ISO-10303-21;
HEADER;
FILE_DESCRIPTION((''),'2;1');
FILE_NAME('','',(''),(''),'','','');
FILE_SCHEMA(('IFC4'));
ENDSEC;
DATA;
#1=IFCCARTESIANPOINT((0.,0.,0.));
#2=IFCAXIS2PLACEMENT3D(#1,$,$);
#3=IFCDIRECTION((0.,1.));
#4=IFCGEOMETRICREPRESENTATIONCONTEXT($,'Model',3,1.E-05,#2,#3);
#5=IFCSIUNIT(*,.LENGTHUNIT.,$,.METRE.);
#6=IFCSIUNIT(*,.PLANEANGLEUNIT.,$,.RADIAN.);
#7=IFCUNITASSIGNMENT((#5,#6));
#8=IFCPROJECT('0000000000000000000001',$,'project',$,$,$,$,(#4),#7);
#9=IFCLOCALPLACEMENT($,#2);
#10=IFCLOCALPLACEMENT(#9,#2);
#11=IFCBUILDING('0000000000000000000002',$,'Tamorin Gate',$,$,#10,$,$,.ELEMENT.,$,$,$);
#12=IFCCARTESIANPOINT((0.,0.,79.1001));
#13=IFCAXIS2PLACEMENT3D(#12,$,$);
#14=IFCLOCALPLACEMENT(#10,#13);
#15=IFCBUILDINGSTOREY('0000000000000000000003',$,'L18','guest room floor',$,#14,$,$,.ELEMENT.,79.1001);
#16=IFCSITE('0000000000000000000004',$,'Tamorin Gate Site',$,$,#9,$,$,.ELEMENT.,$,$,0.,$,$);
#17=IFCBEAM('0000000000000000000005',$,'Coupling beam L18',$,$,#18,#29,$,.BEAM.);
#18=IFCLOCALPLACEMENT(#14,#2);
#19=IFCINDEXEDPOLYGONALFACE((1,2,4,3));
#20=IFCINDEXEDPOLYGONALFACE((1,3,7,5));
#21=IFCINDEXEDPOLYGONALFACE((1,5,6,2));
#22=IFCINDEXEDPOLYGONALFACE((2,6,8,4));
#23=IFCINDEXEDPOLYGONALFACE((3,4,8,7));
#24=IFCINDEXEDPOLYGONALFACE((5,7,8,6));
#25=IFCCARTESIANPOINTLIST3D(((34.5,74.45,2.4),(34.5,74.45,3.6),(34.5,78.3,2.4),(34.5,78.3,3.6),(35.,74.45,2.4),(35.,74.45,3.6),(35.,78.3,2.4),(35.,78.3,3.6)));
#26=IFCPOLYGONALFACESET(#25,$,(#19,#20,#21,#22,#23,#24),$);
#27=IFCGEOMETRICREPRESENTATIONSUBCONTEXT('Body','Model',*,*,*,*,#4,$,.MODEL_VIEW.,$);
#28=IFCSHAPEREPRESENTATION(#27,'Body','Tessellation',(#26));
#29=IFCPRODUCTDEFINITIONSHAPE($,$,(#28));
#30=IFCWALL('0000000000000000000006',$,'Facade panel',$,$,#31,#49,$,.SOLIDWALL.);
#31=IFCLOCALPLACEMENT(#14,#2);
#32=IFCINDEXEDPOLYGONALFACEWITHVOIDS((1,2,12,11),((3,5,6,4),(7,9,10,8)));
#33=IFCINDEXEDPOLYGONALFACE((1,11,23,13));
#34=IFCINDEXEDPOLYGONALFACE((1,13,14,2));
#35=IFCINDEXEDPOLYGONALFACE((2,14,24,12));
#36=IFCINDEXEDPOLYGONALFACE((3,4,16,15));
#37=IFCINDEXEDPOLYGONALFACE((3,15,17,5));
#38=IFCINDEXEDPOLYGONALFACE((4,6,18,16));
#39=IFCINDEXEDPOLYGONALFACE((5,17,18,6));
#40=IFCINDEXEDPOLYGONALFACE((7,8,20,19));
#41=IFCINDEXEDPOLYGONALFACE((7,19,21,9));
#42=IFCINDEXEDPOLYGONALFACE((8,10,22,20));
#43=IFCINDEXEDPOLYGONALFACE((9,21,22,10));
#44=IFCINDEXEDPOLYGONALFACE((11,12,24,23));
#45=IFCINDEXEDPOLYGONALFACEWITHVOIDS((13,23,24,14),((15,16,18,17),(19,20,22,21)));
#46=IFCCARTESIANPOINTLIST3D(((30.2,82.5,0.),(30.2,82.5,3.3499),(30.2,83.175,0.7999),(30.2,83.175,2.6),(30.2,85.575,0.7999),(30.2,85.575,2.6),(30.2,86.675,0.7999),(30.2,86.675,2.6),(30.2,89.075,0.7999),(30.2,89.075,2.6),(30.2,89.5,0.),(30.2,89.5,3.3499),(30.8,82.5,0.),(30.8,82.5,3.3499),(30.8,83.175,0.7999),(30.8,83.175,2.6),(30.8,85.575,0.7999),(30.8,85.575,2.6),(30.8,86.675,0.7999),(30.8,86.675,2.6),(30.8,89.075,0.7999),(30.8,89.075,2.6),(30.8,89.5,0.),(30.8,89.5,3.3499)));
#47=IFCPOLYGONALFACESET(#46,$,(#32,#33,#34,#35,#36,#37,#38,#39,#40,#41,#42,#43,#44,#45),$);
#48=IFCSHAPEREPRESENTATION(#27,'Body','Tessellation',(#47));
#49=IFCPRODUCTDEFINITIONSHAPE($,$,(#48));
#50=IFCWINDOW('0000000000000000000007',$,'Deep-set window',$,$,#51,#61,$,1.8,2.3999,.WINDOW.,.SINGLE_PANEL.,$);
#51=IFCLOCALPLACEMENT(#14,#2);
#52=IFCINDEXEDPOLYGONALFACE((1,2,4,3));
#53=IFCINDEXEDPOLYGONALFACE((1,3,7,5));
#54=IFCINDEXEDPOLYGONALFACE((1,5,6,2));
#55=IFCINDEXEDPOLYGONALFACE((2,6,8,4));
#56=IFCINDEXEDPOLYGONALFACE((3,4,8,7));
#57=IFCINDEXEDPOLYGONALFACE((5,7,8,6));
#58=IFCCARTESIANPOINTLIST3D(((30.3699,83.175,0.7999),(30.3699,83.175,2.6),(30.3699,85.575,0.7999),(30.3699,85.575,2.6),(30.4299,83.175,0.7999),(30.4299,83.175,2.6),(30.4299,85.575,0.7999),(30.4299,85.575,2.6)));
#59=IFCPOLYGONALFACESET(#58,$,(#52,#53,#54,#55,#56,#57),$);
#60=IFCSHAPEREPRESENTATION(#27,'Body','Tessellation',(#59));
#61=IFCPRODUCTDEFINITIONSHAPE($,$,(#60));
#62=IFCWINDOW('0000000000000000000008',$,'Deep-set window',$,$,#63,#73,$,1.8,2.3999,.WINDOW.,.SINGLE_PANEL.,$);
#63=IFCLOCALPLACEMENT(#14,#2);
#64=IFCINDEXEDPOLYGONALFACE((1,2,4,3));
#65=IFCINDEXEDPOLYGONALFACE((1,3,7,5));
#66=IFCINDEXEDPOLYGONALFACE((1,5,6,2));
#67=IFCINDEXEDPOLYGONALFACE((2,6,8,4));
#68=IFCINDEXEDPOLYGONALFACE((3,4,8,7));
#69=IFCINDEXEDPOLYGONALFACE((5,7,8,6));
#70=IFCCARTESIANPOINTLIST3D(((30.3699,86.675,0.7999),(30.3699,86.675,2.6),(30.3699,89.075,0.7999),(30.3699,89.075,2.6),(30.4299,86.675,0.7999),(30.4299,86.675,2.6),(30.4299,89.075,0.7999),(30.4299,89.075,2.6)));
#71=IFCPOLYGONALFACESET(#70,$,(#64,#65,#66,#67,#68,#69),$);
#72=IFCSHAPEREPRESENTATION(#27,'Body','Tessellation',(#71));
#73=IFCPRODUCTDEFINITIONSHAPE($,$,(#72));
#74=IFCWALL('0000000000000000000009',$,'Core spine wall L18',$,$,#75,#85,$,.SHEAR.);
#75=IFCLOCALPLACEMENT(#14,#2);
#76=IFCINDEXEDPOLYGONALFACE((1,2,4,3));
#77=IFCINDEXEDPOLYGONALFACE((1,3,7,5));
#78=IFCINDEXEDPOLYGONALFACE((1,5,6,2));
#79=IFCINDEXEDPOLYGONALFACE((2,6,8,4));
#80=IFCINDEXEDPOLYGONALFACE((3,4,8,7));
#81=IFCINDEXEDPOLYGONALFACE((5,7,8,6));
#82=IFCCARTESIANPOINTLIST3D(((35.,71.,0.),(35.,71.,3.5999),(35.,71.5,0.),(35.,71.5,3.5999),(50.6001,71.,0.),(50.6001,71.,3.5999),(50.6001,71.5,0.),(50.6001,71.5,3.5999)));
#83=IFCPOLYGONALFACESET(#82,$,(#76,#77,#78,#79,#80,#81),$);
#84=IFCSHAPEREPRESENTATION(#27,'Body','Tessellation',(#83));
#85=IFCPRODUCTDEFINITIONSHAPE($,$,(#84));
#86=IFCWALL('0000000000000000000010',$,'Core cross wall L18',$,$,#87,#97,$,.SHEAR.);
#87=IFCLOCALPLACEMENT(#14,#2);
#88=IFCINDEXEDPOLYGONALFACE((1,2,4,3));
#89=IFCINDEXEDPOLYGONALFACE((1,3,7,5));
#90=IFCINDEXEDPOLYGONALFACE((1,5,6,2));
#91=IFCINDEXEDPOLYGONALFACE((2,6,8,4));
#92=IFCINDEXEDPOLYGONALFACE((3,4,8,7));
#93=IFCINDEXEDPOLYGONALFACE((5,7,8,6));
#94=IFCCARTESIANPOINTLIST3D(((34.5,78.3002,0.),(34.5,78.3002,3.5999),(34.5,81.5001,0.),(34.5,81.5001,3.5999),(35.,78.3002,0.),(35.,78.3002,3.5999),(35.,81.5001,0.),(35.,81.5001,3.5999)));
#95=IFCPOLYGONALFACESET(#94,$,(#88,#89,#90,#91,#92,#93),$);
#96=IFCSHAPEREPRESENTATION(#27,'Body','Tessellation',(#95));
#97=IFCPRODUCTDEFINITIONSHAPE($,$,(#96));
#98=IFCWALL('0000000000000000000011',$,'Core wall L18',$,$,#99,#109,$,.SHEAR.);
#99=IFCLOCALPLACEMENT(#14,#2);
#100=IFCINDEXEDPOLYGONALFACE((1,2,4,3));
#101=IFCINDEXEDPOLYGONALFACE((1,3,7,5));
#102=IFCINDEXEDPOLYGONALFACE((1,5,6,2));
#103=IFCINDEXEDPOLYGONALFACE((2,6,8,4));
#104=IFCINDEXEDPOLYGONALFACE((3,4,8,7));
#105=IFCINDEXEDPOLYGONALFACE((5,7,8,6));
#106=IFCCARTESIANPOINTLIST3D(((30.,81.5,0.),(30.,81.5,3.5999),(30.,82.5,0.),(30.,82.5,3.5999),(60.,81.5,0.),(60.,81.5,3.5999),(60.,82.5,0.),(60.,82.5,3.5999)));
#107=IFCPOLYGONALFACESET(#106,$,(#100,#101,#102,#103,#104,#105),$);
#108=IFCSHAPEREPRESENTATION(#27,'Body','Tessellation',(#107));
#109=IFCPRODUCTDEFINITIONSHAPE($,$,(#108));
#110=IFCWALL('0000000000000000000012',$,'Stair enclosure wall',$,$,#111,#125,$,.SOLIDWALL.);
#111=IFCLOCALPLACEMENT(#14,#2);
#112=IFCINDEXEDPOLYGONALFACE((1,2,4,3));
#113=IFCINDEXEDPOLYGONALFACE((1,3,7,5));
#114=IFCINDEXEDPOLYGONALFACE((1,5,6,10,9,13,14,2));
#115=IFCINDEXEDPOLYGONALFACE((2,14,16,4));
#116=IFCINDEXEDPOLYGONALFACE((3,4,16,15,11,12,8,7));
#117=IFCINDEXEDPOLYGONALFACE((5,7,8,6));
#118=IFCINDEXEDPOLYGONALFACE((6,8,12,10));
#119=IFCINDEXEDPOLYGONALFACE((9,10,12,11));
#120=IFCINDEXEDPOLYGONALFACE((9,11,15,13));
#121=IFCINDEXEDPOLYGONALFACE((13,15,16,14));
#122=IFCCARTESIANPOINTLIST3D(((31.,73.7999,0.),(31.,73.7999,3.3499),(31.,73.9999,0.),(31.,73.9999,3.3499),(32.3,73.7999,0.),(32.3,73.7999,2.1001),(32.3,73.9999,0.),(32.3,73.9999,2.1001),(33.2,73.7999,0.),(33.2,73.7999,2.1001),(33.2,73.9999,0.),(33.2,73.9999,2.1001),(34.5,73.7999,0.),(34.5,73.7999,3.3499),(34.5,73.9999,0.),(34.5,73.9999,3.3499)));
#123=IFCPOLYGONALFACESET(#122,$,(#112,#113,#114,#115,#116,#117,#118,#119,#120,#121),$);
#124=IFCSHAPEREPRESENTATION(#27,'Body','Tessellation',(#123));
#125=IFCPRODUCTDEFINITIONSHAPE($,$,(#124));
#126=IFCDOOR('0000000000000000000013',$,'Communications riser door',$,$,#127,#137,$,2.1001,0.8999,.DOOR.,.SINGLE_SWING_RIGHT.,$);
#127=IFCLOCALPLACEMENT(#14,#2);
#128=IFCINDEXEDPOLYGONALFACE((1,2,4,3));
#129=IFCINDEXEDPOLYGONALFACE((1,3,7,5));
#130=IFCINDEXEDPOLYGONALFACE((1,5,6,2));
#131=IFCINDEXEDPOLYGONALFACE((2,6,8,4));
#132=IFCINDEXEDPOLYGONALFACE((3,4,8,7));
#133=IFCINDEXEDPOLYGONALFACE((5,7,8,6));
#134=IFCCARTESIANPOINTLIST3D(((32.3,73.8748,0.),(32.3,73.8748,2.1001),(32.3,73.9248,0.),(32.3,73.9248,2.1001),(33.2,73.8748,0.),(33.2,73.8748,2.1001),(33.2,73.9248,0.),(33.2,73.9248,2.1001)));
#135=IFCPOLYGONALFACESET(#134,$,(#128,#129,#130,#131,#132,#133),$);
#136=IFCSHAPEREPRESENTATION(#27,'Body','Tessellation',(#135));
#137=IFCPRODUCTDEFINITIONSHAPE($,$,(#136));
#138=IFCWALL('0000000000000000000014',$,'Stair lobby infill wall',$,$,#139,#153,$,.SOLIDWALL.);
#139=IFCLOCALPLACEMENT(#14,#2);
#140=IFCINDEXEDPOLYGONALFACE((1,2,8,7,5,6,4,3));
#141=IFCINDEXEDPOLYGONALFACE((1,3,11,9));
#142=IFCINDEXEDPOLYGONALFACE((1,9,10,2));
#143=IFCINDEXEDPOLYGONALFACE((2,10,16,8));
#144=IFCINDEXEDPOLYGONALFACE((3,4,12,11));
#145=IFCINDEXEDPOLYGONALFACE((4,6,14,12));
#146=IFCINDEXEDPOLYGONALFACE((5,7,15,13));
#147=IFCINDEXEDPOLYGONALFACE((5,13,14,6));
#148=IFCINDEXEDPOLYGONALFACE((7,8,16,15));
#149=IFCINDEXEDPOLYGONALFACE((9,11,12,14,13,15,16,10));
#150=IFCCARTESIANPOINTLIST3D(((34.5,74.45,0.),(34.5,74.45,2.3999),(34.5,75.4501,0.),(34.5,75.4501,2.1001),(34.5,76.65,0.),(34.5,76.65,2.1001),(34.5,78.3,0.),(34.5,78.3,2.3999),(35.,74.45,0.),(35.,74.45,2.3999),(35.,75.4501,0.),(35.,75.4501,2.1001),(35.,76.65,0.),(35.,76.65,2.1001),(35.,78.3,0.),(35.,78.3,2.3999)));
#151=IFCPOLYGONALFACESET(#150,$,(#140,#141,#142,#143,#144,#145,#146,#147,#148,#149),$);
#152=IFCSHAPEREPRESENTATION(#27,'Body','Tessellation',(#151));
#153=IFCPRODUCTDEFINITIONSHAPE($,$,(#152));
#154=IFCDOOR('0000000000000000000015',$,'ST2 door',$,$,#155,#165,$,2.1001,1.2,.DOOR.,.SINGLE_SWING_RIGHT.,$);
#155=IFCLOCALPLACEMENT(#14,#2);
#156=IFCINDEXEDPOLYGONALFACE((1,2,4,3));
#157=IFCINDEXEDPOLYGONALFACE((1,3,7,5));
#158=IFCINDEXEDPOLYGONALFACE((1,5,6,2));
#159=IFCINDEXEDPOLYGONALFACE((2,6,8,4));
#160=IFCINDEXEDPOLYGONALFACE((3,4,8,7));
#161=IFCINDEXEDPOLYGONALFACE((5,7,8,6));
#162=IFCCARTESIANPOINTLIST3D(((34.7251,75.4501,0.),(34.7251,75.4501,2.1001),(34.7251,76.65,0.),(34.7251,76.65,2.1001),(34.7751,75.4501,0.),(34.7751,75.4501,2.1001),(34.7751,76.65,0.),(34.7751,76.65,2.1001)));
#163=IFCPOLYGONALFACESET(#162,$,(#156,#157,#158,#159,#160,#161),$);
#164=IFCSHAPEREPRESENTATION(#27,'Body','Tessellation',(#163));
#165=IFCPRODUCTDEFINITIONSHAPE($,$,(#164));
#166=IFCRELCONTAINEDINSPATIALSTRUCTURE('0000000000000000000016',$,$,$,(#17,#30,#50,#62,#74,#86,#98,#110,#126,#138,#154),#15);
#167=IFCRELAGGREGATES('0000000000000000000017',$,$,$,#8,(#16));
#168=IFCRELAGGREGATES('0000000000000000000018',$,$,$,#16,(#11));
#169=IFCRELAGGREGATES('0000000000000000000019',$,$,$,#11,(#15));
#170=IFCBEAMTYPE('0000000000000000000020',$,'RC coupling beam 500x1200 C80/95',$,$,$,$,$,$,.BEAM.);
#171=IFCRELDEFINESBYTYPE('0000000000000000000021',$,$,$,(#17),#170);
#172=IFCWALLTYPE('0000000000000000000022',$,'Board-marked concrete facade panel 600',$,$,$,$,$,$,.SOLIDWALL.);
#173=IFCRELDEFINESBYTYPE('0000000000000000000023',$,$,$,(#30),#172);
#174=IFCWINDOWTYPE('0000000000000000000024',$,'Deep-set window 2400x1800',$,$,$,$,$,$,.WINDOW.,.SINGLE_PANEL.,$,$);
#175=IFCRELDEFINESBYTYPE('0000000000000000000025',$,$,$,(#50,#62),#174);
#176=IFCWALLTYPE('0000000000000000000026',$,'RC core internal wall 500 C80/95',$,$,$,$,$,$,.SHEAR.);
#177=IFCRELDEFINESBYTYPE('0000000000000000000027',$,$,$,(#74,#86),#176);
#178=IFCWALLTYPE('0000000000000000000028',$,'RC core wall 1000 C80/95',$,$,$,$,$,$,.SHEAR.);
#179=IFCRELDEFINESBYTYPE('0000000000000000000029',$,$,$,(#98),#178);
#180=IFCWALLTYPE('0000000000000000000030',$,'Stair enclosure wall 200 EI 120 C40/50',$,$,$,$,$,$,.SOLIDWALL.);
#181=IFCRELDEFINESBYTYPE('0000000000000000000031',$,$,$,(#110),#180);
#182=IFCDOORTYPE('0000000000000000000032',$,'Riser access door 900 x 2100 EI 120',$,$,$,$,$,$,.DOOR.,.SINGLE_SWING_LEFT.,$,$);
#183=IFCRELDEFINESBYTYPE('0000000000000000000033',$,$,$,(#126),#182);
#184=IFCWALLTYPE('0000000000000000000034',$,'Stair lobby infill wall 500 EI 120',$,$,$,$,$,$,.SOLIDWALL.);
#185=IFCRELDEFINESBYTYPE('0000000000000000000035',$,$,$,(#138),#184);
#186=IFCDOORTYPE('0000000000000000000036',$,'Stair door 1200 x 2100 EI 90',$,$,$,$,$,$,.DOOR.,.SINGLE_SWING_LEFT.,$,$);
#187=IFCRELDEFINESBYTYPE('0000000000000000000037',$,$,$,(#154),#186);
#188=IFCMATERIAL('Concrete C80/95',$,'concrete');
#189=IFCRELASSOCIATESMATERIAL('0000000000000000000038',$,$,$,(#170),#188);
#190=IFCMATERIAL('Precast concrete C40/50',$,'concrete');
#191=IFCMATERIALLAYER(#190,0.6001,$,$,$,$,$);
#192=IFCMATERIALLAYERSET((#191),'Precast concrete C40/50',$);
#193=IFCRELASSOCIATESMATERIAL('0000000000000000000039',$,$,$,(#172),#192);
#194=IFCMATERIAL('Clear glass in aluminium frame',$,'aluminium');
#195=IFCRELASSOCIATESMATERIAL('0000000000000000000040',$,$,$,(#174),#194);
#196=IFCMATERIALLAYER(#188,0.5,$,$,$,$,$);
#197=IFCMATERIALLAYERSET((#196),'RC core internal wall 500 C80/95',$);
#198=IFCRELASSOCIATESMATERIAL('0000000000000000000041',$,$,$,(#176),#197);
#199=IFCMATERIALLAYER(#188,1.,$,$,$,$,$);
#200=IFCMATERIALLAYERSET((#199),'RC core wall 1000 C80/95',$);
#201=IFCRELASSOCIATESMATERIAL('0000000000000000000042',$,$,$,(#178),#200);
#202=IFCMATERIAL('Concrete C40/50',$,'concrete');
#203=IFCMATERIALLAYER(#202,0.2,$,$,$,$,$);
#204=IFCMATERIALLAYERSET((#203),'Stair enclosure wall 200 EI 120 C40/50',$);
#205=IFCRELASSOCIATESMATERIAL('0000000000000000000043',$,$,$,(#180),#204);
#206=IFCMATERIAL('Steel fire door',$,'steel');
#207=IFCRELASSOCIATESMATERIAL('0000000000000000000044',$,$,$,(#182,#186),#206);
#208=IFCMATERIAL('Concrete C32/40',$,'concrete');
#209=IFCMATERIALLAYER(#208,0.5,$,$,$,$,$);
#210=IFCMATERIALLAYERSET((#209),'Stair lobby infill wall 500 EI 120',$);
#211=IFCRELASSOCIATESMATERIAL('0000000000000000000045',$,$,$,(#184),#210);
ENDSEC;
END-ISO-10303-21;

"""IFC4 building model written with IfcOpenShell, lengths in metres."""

from ifc_helpers import new_model, si_unit, direction, frame, frame_2d, origin, origin_2d, place, context, subcontext, project, spatial, rectangle, extrude, material, layer, layer_set, material_profile, profile_set, type_object, element, fill, save


model = new_model("IFC4")

# Units and contexts
model_context = context("Model", 3, precision=1e-05, world=origin(), true_north=direction((0.0, 1.0)))
body_context = subcontext(model_context, "Body", "Model", "MODEL_VIEW")
ifc_project = project(units=[si_unit("LENGTHUNIT", "METRE"), si_unit("PLANEANGLEUNIT", "RADIAN")], contexts=[model_context])

# Site, building, storey
site_placement = place(None, origin())
site = spatial("IfcSite", under=ifc_project, at=site_placement, Name="Tamorin Gate Site", CompositionType="ELEMENT", RefElevation=0.0)
building_placement = place(site_placement, origin())
building = spatial("IfcBuilding", under=site, at=building_placement, Name="Tamorin Gate", CompositionType="ELEMENT")
storey_placement = place(building_placement, frame((0.0, 0.0, 79.1001)))
storey = spatial("IfcBuildingStorey", under=building, at=storey_placement, Name="L18", Description="guest room floor", CompositionType="ELEMENT", Elevation=79.1001)

# Beam
ifc_material_1 = material(Name="Concrete C80/95", Category="concrete")
ifc_material_profile = material_profile(ifc_material_1, rectangle(XDim=0.5, YDim=1.2, at=origin_2d()), Name="RC 500x1200")
ifc_profile_set = profile_set([ifc_material_profile], Name="Concrete C80/95")
beam_type = type_object("IfcBeamType", Name="RC coupling beam 500x1200 C80/95", PredefinedType="BEAM", material=ifc_profile_set)
beam_placement = place(storey_placement, frame((34.75, 74.45, 3.0), z_axis=(0.0, 1.0, 0.0), x_axis=(-1.0, 0.0, 0.0)))
element("IfcBeam", 1, at=beam_placement, inside=storey, type_object=beam_type, Name="Coupling beam L18", PredefinedType="BEAM", context=body_context, shape_type="SweptSolid", body=[
    extrude(rectangle(XDim=0.5, YDim=1.2, at=origin_2d()), origin(), (0.0, 0.0, 1.0), 3.8501),
])

# Wall, openings, windows
ifc_material_2 = material(Name="Precast concrete C40/50", Category="concrete")
ifc_layer_1 = layer(ifc_material_2, 0.6001)
ifc_layer_set_1 = layer_set([ifc_layer_1], Name="Precast concrete C40/50")
wall_type_1 = type_object("IfcWallType", Name="Board-marked concrete facade panel 600", PredefinedType="SOLIDWALL", material=ifc_layer_set_1)
wall_1_placement = place(storey_placement, frame((30.5, 89.5, 0.0), z_axis=(0.0, 0.0, 1.0), x_axis=(0.0, -1.0, 0.0)))
wall_1 = element("IfcWall", 2, at=wall_1_placement, inside=storey, type_object=wall_type_1, Name="Facade panel", PredefinedType="SOLIDWALL", context=body_context, shape_type="SweptSolid", body=[
    extrude(rectangle(XDim=7.0, YDim=0.6001, at=frame_2d((3.5, 0.0))), origin(), (0.0, 0.0, 1.0), 3.3499),
])
opening_1_placement = place(wall_1_placement, frame((3.925, 0.0, 0.8)))
opening_1 = element("IfcOpeningElement", 3, at=opening_1_placement, cuts=wall_1, PredefinedType="OPENING", context=body_context, shape_type="SweptSolid", body=[
    extrude(rectangle(XDim=2.3999, YDim=1.8, at=frame_2d((1.2, 0.8999))), frame((0.0, 0.3101, 0.0), z_axis=(0.0, -1.0, 0.0), x_axis=(1.0, 0.0, 0.0)), (0.0, 0.0, 1.0), 0.6201),
])
opening_2_placement = place(wall_1_placement, frame((0.425, 0.0, 0.8)))
opening_2 = element("IfcOpeningElement", 4, at=opening_2_placement, cuts=wall_1, PredefinedType="OPENING", context=body_context, shape_type="SweptSolid", body=[
    extrude(rectangle(XDim=2.3999, YDim=1.8, at=frame_2d((1.2, 0.8999))), frame((0.0, 0.3101, 0.0), z_axis=(0.0, -1.0, 0.0), x_axis=(1.0, 0.0, 0.0)), (0.0, 0.0, 1.0), 0.6201),
])
ifc_material_3 = material(Name="Clear glass in aluminium frame", Category="aluminium")
window_type = type_object("IfcWindowType", Name="Deep-set window 2400x1800", PartitioningType="SINGLE_PANEL", PredefinedType="WINDOW", material=ifc_material_3)
window_1_placement = place(opening_1_placement, origin())
window_1 = element("IfcWindow", 5, at=window_1_placement, inside=storey, type_object=window_type, Name="Deep-set window", OverallHeight=1.8, OverallWidth=2.3999, PartitioningType="SINGLE_PANEL", PredefinedType="WINDOW", context=body_context, shape_type="SweptSolid", body=[
    extrude(rectangle(XDim=2.3999, YDim=1.8, at=frame_2d((1.2, 0.8999))), frame((0.0, -0.0701, 0.0), z_axis=(0.0, -1.0, 0.0), x_axis=(1.0, 0.0, 0.0)), (0.0, 0.0, 1.0), 0.0601),
])
fill(opening_1, window_1)
window_2_placement = place(opening_2_placement, origin())
window_2 = element("IfcWindow", 6, at=window_2_placement, inside=storey, type_object=window_type, Name="Deep-set window", OverallHeight=1.8, OverallWidth=2.3999, PartitioningType="SINGLE_PANEL", PredefinedType="WINDOW", context=body_context, shape_type="SweptSolid", body=[
    extrude(rectangle(XDim=2.3999, YDim=1.8, at=frame_2d((1.2, 0.8999))), frame((0.0, -0.0701, 0.0), z_axis=(0.0, -1.0, 0.0), x_axis=(1.0, 0.0, 0.0)), (0.0, 0.0, 1.0), 0.0601),
])
fill(opening_2, window_2)

# Walls
ifc_layer_2 = layer(ifc_material_1, 0.5)
ifc_layer_set_2 = layer_set([ifc_layer_2], Name="RC core internal wall 500 C80/95")
wall_type_2 = type_object("IfcWallType", Name="RC core internal wall 500 C80/95", PredefinedType="SHEAR", material=ifc_layer_set_2)
wall_2_placement = place(storey_placement, frame((35.0, 71.25, 0.0), z_axis=(0.0, 0.0, 1.0), x_axis=(1.0, 0.0, 0.0)))
element("IfcWall", 7, at=wall_2_placement, inside=storey, type_object=wall_type_2, Name="Core spine wall L18", PredefinedType="SHEAR", context=body_context, shape_type="SweptSolid", body=[
    extrude(rectangle(XDim=15.6001, YDim=0.5, at=frame_2d((7.8, 0.0))), origin(), (0.0, 0.0, 1.0), 3.5999),
])
wall_3_placement = place(storey_placement, frame((34.75, 78.3, 0.0), z_axis=(0.0, 0.0, 1.0), x_axis=(0.0, 1.0, 0.0)))
element("IfcWall", 8, at=wall_3_placement, inside=storey, type_object=wall_type_2, Name="Core cross wall L18", PredefinedType="SHEAR", context=body_context, shape_type="SweptSolid", body=[
    extrude(rectangle(XDim=3.2, YDim=0.5, at=frame_2d((1.6001, 0.0))), origin(), (0.0, 0.0, 1.0), 3.5999),
])
ifc_layer_3 = layer(ifc_material_1, 1.0)
ifc_layer_set_3 = layer_set([ifc_layer_3], Name="RC core wall 1000 C80/95")
wall_type_3 = type_object("IfcWallType", Name="RC core wall 1000 C80/95", PredefinedType="SHEAR", material=ifc_layer_set_3)
wall_4_placement = place(storey_placement, frame((30.0, 82.0, 0.0), z_axis=(0.0, 0.0, 1.0), x_axis=(1.0, 0.0, 0.0)))
element("IfcWall", 9, at=wall_4_placement, inside=storey, type_object=wall_type_3, Name="Core wall L18", PredefinedType="SHEAR", context=body_context, shape_type="SweptSolid", body=[
    extrude(rectangle(XDim=30.0, YDim=1.0, at=frame_2d((15.0, 0.0))), origin(), (0.0, 0.0, 1.0), 3.5999),
])

# Walls, openings, doors
ifc_material_4 = material(Name="Concrete C40/50", Category="concrete")
ifc_layer_4 = layer(ifc_material_4, 0.2)
ifc_layer_set_4 = layer_set([ifc_layer_4], Name="Stair enclosure wall 200 EI 120 C40/50")
wall_type_4 = type_object("IfcWallType", Name="Stair enclosure wall 200 EI 120 C40/50", PredefinedType="SOLIDWALL", material=ifc_layer_set_4)
wall_5_placement = place(storey_placement, frame((31.0, 73.8999, 0.0), z_axis=(0.0, 0.0, 1.0), x_axis=(1.0, 0.0, 0.0)))
wall_5 = element("IfcWall", 10, at=wall_5_placement, inside=storey, type_object=wall_type_4, Name="Stair enclosure wall", PredefinedType="SOLIDWALL", context=body_context, shape_type="SweptSolid", body=[
    extrude(rectangle(XDim=3.5, YDim=0.2, at=frame_2d((1.75, 0.0))), origin(), (0.0, 0.0, 1.0), 3.3499),
])
opening_3_placement = place(wall_5_placement, frame((1.3, 0.0, 0.0)))
opening_3 = element("IfcOpeningElement", 11, at=opening_3_placement, cuts=wall_5, PredefinedType="OPENING", context=body_context, shape_type="SweptSolid", body=[
    extrude(rectangle(XDim=0.8999, YDim=2.1001, at=frame_2d((0.45, 1.05))), frame((0.0, 0.1099, 0.0), z_axis=(0.0, -1.0, 0.0), x_axis=(1.0, 0.0, 0.0)), (0.0, 0.0, 1.0), 0.22),
])
ifc_material_5 = material(Name="Steel fire door", Category="steel")
door_type_1 = type_object("IfcDoorType", Name="Riser access door 900 x 2100 EI 120", OperationType="SINGLE_SWING_LEFT", PredefinedType="DOOR", material=ifc_material_5)
door_1_placement = place(opening_3_placement, origin())
door_1 = element("IfcDoor", 12, at=door_1_placement, inside=storey, type_object=door_type_1, Name="Communications riser door", OperationType="SINGLE_SWING_RIGHT", OverallHeight=2.1001, OverallWidth=0.8999, PredefinedType="DOOR", context=body_context, shape_type="SweptSolid", body=[
    extrude(rectangle(XDim=0.8999, YDim=2.1001, at=frame_2d((0.45, 1.05))), frame((0.0, 0.0249, 0.0), z_axis=(0.0, -1.0, 0.0), x_axis=(1.0, 0.0, 0.0)), (0.0, 0.0, 1.0), 0.05),
])
fill(opening_3, door_1)
ifc_material_6 = material(Name="Concrete C32/40", Category="concrete")
ifc_layer_5 = layer(ifc_material_6, 0.5)
ifc_layer_set_5 = layer_set([ifc_layer_5], Name="Stair lobby infill wall 500 EI 120")
wall_type_5 = type_object("IfcWallType", Name="Stair lobby infill wall 500 EI 120", PredefinedType="SOLIDWALL", material=ifc_layer_set_5)
wall_6_placement = place(storey_placement, frame((34.75, 74.45, 0.0), z_axis=(0.0, 0.0, 1.0), x_axis=(0.0, 1.0, 0.0)))
wall_6 = element("IfcWall", 13, at=wall_6_placement, inside=storey, type_object=wall_type_5, Name="Stair lobby infill wall", PredefinedType="SOLIDWALL", context=body_context, shape_type="SweptSolid", body=[
    extrude(rectangle(XDim=3.8501, YDim=0.5, at=frame_2d((1.925, 0.0))), origin(), (0.0, 0.0, 1.0), 2.3999),
])
opening_4_placement = place(wall_6_placement, frame((1.0, 0.0, 0.0)))
opening_4 = element("IfcOpeningElement", 14, at=opening_4_placement, cuts=wall_6, PredefinedType="OPENING", context=body_context, shape_type="SweptSolid", body=[
    extrude(rectangle(XDim=1.2, YDim=2.1001, at=frame_2d((0.6001, 1.05))), frame((0.0, 0.26, 0.0), z_axis=(0.0, -1.0, 0.0), x_axis=(1.0, 0.0, 0.0)), (0.0, 0.0, 1.0), 0.52),
])
door_type_2 = type_object("IfcDoorType", Name="Stair door 1200 x 2100 EI 90", OperationType="SINGLE_SWING_LEFT", PredefinedType="DOOR", material=ifc_material_5)
door_2_placement = place(opening_4_placement, origin())
door_2 = element("IfcDoor", 15, at=door_2_placement, inside=storey, type_object=door_type_2, Name="ST2 door", OperationType="SINGLE_SWING_RIGHT", OverallHeight=2.1001, OverallWidth=1.2, PredefinedType="DOOR", context=body_context, shape_type="SweptSolid", body=[
    extrude(rectangle(XDim=1.2, YDim=2.1001, at=frame_2d((0.6001, 1.05))), frame((0.0, 0.0249, 0.0), z_axis=(0.0, -1.0, 0.0), x_axis=(1.0, 0.0, 0.0)), (0.0, 0.0, 1.0), 0.05),
])
fill(opening_4, door_2)

save(model, "model.ifc")
